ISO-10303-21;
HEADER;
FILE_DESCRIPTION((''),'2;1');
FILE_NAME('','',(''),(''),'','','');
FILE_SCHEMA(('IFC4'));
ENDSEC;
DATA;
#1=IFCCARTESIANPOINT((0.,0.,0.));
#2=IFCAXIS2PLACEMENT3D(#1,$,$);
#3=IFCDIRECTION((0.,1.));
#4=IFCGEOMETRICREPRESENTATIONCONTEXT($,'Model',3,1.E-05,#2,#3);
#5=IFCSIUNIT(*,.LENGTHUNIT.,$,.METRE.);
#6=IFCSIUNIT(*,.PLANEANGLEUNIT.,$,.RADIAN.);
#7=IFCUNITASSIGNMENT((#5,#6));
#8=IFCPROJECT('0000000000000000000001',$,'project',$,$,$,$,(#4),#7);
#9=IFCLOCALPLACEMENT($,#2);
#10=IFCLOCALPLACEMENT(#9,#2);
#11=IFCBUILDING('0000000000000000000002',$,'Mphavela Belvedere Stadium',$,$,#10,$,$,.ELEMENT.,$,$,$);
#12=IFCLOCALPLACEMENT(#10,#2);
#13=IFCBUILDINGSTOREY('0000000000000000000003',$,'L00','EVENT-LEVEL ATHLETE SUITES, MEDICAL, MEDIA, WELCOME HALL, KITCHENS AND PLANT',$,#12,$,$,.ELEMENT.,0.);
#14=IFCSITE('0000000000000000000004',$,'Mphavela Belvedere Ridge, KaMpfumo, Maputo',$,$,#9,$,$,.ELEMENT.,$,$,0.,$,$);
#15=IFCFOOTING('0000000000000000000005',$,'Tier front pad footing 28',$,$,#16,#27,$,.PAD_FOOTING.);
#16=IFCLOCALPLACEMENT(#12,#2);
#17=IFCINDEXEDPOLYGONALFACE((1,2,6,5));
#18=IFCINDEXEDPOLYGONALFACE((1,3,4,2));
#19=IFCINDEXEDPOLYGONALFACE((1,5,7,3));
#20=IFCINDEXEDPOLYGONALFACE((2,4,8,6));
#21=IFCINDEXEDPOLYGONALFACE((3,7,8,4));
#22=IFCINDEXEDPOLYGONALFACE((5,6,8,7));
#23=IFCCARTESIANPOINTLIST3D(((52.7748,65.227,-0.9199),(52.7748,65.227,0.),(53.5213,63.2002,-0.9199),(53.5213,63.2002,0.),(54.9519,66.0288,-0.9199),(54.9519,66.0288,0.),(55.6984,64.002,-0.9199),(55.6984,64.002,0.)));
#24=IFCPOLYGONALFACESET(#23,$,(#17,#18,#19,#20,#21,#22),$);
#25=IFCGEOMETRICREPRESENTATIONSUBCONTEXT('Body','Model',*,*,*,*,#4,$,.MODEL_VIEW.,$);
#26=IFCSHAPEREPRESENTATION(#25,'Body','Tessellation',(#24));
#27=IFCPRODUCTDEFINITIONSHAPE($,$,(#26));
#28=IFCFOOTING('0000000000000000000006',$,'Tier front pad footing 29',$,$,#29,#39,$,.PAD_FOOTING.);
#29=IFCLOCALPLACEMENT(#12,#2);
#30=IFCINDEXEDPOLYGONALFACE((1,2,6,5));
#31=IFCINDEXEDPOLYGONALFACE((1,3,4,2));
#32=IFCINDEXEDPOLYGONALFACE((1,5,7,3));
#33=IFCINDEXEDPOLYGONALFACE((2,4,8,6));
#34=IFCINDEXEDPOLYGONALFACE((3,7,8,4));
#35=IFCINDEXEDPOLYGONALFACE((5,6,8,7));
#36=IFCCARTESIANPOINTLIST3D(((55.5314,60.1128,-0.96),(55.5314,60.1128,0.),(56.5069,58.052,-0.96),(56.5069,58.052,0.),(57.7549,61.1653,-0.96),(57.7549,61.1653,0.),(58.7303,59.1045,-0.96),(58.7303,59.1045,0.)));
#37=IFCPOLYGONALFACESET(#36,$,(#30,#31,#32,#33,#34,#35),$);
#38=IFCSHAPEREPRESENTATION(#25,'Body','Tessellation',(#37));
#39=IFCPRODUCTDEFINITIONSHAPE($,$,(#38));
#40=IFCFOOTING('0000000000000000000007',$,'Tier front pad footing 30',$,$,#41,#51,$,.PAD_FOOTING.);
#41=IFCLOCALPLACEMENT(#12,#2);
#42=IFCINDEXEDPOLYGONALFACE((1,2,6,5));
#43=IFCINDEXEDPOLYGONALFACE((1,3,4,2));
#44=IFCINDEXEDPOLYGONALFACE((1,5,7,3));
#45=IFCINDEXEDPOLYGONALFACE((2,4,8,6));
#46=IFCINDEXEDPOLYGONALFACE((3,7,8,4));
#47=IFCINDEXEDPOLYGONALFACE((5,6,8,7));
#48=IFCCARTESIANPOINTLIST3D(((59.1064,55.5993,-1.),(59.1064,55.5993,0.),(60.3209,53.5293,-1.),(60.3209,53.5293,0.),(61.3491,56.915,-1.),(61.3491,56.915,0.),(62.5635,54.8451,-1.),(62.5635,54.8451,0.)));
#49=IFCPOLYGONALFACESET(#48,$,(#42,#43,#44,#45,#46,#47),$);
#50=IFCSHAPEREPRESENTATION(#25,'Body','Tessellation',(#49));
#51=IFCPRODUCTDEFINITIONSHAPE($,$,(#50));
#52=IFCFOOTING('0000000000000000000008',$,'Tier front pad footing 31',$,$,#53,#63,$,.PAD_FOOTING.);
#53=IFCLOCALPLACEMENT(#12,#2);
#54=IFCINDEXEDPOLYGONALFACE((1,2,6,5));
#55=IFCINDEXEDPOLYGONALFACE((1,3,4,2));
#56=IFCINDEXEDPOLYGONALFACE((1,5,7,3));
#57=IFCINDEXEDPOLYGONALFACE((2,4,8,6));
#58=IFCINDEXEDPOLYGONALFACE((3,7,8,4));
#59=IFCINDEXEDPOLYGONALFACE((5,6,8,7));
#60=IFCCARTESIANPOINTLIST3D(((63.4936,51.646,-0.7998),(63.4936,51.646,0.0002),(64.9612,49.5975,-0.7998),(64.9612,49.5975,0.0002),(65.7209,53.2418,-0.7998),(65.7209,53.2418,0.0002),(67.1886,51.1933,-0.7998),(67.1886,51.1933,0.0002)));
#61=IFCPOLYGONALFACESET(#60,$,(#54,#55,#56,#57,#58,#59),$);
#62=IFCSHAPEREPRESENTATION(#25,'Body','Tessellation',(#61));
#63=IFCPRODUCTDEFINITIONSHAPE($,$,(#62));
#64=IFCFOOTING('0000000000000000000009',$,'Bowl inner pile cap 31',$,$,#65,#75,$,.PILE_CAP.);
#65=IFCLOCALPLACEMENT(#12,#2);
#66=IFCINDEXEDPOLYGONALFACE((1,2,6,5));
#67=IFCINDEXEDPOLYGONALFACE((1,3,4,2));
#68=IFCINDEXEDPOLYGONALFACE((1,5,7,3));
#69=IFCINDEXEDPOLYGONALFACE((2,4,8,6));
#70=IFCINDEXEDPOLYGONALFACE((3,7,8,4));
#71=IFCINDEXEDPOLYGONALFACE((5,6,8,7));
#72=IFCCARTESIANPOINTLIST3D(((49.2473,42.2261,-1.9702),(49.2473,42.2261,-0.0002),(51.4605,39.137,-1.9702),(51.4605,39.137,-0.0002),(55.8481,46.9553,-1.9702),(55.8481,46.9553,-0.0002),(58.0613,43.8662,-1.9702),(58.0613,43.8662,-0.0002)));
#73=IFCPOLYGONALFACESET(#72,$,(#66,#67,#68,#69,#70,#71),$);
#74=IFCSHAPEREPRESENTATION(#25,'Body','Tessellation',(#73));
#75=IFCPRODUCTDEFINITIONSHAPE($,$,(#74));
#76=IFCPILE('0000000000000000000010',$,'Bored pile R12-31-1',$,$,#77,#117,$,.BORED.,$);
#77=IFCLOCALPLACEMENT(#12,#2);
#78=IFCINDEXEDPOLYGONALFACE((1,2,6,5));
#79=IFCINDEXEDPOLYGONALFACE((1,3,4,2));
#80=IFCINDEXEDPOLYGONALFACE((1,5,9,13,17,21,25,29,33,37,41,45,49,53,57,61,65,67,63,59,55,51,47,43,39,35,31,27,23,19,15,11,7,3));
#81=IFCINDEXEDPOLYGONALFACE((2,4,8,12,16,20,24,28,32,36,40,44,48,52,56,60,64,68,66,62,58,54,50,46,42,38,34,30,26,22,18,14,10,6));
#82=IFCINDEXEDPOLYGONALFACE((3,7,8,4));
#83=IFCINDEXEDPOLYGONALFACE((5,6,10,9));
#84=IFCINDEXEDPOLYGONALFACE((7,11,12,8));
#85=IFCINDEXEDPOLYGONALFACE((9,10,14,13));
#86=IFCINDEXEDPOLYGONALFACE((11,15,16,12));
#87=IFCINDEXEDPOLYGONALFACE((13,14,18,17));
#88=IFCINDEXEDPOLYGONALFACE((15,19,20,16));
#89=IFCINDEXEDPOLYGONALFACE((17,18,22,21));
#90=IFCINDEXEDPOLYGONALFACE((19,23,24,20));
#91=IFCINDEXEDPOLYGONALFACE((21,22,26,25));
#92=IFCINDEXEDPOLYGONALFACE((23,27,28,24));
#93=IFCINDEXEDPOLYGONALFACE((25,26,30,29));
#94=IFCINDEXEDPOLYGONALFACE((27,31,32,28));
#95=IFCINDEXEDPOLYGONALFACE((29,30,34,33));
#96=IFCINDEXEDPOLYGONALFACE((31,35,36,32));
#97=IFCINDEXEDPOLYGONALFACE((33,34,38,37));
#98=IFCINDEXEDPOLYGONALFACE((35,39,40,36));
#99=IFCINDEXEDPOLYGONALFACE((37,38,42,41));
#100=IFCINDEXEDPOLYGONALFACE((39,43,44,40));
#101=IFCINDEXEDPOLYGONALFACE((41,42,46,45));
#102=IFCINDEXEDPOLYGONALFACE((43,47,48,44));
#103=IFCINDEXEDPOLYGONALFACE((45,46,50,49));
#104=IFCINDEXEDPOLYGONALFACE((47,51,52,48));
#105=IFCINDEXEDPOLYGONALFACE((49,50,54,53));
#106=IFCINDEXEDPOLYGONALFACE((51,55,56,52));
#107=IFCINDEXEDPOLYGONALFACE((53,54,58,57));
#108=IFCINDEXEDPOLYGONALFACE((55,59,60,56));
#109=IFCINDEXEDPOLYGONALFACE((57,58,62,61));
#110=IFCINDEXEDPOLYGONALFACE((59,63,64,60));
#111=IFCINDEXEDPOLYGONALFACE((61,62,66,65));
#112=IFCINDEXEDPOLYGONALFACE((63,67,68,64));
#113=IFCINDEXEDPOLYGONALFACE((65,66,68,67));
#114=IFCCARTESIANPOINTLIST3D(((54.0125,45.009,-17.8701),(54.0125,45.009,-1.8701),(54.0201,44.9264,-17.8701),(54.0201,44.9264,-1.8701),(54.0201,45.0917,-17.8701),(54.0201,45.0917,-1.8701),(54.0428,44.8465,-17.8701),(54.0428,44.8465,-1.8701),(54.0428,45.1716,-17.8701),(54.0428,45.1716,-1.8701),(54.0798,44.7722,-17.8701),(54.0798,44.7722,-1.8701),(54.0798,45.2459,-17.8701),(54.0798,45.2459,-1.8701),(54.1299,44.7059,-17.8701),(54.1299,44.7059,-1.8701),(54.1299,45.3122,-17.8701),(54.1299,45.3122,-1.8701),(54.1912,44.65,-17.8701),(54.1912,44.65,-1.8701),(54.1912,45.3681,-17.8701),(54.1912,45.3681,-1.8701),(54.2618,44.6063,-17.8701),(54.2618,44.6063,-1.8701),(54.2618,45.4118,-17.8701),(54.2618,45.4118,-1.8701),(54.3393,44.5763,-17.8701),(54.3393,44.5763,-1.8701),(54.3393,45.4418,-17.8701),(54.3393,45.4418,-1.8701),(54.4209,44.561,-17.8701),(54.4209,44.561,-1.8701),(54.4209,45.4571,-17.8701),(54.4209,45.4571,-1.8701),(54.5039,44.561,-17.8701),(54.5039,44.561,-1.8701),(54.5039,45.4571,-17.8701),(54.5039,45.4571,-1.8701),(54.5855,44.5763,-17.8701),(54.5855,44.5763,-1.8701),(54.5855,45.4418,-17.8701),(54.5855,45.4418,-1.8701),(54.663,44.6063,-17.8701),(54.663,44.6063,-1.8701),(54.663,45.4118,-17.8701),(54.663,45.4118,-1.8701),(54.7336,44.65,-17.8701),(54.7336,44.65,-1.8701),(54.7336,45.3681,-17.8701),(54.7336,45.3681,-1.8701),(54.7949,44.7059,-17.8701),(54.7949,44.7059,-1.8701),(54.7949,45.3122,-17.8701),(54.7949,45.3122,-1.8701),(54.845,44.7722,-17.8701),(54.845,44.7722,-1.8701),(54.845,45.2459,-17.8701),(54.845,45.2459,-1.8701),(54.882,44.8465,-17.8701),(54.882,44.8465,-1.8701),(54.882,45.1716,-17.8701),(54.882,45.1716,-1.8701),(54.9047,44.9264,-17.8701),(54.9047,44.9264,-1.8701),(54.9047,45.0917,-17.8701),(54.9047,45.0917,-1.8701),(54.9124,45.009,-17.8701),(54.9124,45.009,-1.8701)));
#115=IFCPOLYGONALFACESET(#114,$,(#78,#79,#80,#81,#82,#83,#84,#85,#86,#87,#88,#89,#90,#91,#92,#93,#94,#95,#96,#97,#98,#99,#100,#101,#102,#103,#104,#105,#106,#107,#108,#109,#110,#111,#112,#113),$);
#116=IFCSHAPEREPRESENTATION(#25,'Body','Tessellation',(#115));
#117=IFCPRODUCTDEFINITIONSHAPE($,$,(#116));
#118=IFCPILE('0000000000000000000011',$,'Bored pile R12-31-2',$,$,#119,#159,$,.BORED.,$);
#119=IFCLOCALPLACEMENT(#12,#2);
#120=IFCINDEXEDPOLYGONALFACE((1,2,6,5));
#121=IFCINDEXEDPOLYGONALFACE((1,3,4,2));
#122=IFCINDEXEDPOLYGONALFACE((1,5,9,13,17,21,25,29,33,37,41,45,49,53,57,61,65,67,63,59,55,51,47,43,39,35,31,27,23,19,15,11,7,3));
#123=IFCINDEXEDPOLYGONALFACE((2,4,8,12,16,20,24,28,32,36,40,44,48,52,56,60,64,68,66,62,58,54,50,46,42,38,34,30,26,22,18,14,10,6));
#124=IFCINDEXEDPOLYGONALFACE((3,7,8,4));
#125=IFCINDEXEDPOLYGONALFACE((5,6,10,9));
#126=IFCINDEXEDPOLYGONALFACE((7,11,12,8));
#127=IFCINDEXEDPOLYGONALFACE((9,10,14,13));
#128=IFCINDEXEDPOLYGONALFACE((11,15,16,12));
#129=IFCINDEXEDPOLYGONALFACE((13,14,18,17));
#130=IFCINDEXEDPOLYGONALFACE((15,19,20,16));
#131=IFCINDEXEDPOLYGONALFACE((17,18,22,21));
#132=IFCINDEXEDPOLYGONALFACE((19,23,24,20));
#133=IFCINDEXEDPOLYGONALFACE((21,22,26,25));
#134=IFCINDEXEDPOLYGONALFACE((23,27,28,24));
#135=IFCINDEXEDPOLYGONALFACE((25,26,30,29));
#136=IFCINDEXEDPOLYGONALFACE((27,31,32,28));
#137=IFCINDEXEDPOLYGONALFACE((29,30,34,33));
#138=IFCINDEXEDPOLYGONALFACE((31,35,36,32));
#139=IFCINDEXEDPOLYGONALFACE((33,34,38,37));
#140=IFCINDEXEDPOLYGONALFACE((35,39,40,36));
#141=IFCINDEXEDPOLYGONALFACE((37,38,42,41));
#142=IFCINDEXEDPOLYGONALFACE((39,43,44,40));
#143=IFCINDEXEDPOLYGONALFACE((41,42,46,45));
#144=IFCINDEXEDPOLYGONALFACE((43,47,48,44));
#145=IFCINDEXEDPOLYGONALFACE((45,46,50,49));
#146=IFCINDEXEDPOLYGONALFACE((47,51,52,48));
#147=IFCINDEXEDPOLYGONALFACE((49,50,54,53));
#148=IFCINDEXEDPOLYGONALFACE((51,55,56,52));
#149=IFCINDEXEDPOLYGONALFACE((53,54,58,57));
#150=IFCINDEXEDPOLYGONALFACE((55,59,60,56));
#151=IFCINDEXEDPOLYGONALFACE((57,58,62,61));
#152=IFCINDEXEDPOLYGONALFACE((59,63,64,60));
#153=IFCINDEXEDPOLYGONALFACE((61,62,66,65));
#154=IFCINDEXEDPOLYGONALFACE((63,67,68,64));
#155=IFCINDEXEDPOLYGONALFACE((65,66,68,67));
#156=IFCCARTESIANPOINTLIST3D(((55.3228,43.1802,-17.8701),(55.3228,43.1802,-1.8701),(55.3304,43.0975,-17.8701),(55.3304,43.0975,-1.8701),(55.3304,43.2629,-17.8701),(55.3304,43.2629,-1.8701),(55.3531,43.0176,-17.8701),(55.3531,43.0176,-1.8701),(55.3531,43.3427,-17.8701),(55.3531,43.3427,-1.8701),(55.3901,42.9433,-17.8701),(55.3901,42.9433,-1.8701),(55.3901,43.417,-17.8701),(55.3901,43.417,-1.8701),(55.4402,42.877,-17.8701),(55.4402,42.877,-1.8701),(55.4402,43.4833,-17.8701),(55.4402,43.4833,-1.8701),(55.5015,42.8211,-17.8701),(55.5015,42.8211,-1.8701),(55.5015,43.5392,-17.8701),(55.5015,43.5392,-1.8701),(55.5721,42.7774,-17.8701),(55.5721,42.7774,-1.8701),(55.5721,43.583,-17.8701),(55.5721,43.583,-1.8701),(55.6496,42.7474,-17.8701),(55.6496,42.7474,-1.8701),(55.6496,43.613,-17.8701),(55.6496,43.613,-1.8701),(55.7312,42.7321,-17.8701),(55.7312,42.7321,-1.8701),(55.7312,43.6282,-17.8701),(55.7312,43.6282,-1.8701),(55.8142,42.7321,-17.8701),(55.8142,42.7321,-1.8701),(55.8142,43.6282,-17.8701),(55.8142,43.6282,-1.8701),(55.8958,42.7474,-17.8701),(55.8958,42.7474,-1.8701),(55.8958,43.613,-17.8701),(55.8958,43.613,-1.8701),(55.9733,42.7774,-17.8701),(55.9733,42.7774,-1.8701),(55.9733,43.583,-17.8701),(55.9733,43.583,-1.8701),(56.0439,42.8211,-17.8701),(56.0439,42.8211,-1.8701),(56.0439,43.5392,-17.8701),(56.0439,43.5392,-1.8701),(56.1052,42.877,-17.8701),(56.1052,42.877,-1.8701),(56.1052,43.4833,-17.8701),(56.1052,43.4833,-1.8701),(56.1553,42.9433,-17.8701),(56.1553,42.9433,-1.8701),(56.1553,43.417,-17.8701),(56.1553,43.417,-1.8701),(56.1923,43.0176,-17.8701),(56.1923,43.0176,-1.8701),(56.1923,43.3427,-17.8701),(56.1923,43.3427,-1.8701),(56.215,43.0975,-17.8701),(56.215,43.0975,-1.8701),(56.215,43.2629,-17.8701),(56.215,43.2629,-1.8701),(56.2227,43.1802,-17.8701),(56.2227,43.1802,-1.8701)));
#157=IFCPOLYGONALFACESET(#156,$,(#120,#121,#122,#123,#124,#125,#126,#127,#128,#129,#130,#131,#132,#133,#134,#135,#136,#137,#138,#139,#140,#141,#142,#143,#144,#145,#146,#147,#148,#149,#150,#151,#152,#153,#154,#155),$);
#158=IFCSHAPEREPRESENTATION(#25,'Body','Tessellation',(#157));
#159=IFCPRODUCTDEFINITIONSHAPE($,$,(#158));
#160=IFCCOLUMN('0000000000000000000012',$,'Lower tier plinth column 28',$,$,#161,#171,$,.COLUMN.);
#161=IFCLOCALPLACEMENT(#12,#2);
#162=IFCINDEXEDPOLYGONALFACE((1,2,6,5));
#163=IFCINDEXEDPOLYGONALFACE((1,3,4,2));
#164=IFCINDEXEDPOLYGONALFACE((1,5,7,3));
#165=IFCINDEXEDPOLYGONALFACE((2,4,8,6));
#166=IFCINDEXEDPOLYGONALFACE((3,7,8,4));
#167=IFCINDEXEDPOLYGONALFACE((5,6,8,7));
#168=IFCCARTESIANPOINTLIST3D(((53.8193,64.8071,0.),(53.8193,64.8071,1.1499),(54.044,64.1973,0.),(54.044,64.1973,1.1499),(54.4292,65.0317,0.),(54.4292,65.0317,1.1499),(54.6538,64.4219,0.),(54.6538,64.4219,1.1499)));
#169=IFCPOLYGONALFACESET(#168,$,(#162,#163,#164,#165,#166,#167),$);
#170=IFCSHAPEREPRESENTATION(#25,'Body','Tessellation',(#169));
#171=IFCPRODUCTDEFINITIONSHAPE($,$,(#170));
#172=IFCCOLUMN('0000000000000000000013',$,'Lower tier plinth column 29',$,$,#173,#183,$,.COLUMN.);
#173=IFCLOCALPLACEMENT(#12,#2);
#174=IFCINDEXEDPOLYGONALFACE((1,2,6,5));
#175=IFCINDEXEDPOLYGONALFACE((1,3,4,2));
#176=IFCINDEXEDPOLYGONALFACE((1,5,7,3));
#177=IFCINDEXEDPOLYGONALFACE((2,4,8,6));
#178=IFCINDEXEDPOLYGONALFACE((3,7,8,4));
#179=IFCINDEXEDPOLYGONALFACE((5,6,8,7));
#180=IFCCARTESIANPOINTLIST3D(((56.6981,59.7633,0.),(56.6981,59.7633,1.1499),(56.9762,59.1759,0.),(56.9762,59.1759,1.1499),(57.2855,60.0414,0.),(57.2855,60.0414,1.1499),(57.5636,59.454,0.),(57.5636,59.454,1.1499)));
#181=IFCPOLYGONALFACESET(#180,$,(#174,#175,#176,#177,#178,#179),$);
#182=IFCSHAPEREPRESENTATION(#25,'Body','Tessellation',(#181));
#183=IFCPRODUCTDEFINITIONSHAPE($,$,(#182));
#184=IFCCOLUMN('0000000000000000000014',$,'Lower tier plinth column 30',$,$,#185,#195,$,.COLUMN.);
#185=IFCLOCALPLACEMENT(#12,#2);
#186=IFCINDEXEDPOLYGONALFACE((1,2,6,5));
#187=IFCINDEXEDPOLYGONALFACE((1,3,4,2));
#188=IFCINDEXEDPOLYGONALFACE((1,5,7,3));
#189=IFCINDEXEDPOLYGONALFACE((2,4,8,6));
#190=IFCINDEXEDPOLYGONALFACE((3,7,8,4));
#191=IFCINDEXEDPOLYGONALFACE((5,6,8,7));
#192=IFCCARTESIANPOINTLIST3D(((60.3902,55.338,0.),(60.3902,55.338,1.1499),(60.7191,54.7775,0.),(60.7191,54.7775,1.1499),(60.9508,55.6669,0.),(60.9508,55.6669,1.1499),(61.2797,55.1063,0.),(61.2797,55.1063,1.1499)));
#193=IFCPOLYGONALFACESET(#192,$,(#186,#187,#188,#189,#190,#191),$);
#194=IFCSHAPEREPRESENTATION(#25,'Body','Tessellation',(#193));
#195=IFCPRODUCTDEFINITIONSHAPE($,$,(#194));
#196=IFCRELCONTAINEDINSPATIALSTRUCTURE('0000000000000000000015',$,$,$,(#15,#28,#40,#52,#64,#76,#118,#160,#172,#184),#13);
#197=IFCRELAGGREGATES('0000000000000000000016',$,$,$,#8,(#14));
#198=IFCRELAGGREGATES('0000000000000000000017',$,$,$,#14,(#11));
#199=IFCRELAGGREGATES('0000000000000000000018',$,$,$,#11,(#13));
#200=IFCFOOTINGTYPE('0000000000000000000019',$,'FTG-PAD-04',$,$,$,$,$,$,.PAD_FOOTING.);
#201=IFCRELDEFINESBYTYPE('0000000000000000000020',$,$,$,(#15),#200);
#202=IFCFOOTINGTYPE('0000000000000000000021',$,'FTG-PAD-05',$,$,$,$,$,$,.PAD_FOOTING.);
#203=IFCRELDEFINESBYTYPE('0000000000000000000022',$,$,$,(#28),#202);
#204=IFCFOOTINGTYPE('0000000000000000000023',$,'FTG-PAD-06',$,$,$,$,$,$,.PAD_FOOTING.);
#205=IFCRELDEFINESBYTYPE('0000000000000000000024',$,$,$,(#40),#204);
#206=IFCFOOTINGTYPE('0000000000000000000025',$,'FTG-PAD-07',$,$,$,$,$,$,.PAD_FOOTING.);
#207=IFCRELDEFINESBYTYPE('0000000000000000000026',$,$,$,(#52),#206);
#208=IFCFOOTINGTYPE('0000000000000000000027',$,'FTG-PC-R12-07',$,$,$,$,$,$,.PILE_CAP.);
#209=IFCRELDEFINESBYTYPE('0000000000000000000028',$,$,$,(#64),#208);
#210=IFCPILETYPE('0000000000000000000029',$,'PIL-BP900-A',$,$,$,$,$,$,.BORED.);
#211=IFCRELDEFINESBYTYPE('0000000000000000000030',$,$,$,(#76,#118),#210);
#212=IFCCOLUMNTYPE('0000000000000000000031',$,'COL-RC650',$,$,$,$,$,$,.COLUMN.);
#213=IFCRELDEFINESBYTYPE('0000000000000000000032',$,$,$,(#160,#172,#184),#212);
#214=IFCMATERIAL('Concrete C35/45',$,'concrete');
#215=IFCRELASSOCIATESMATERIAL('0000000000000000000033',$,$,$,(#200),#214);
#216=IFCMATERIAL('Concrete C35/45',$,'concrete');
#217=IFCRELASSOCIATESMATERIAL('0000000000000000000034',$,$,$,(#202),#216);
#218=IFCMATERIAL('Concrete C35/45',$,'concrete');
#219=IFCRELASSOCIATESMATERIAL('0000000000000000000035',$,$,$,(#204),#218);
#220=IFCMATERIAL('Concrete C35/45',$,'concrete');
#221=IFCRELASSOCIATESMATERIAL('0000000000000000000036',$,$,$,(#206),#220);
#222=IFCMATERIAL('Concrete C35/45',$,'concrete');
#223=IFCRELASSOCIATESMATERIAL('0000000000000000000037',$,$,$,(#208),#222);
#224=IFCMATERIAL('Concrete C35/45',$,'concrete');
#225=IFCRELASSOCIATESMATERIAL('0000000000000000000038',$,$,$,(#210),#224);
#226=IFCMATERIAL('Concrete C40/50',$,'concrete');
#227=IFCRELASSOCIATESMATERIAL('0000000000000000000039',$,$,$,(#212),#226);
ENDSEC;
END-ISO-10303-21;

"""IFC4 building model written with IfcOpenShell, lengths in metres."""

from ifc_helpers import new_model, si_unit, direction, frame, origin, origin_2d, place, context, subcontext, project, spatial, rectangle, circle, extrude, material, material_profile, profile_set, type_object, element, save


model = new_model("IFC4")

# Units and contexts
model_context = context("Model", 3, precision=1e-05, world=origin(), true_north=direction((0.0, 1.0)))
body_context = subcontext(model_context, "Body", "Model", "MODEL_VIEW")
ifc_project = project(units=[si_unit("LENGTHUNIT", "METRE"), si_unit("PLANEANGLEUNIT", "RADIAN")], contexts=[model_context])

# Site, building, storey
site_placement = place(None, origin())
site = spatial("IfcSite", under=ifc_project, at=site_placement, Name="Mphavela Belvedere Ridge, KaMpfumo, Maputo", CompositionType="ELEMENT", RefElevation=0.0)
building_placement = place(site_placement, origin())
building = spatial("IfcBuilding", under=site, at=building_placement, Name="Mphavela Belvedere Stadium", CompositionType="ELEMENT")
storey_placement = place(building_placement, origin())
storey = spatial("IfcBuildingStorey", under=building, at=storey_placement, Name="L00", Description="EVENT-LEVEL ATHLETE SUITES, MEDICAL, MEDIA, WELCOME HALL, KITCHENS AND PLANT", CompositionType="ELEMENT", Elevation=0.0)

# Footings
ifc_material_1 = material(Name="Concrete C35/45", Category="concrete")
footing_type_1 = type_object("IfcFootingType", Name="FTG-PAD-04", PredefinedType="PAD_FOOTING", material=ifc_material_1)
footing_1_placement = place(storey_placement, frame((54.2366, 64.6145, -0.9199), z_axis=(0.0, 0.0, 1.0), x_axis=(-0.938372, -0.345626, 0.0)))
element("IfcFooting", 1, at=footing_1_placement, inside=storey, type_object=footing_type_1, Name="Tier front pad footing 28", PredefinedType="PAD_FOOTING", context=body_context, shape_type="SweptSolid", body=[
    extrude(rectangle(XDim=2.3201, YDim=2.1599, at=origin_2d()), origin(), (0.0, 0.0, 1.0), 0.9199),
])
ifc_material_2 = material(Name="Concrete C35/45", Category="concrete")
footing_type_2 = type_object("IfcFootingType", Name="FTG-PAD-05", PredefinedType="PAD_FOOTING", material=ifc_material_2)
footing_2_placement = place(storey_placement, frame((57.1309, 59.6086, -0.96), z_axis=(0.0, 0.0, 1.0), x_axis=(-0.903859, -0.427831, 0.0)))
element("IfcFooting", 2, at=footing_2_placement, inside=storey, type_object=footing_type_2, Name="Tier front pad footing 29", PredefinedType="PAD_FOOTING", context=body_context, shape_type="SweptSolid", body=[
    extrude(rectangle(XDim=2.46, YDim=2.28, at=origin_2d()), origin(), (0.0, 0.0, 1.0), 0.96),
])
ifc_material_3 = material(Name="Concrete C35/45", Category="concrete")
footing_type_3 = type_object("IfcFootingType", Name="FTG-PAD-06", PredefinedType="PAD_FOOTING", material=ifc_material_3)
footing_3_placement = place(storey_placement, frame((60.835, 55.2222, -1.0), z_axis=(0.0, 0.0, 1.0), x_axis=(-0.862514, -0.506034, 0.0)))
element("IfcFooting", 3, at=footing_3_placement, inside=storey, type_object=footing_type_3, Name="Tier front pad footing 30", PredefinedType="PAD_FOOTING", context=body_context, shape_type="SweptSolid", body=[
    extrude(rectangle(XDim=2.6001, YDim=2.3999, at=origin_2d()), origin(), (0.0, 0.0, 1.0), 1.0),
])
ifc_material_4 = material(Name="Concrete C35/45", Category="concrete")
footing_type_4 = type_object("IfcFootingType", Name="FTG-PAD-07", PredefinedType="PAD_FOOTING", material=ifc_material_4)
footing_4_placement = place(storey_placement, frame((65.3411, 51.4197, -0.7998), z_axis=(0.0, 0.0, 1.0), x_axis=(-0.812898, -0.582407, 0.0)))
element("IfcFooting", 4, at=footing_4_placement, inside=storey, type_object=footing_type_4, Name="Tier front pad footing 31", PredefinedType="PAD_FOOTING", context=body_context, shape_type="SweptSolid", body=[
    extrude(rectangle(XDim=2.74, YDim=2.52, at=origin_2d()), origin(), (0.0, 0.0, 1.0), 0.8),
])
ifc_material_5 = material(Name="Concrete C35/45", Category="concrete")
footing_type_5 = type_object("IfcFootingType", Name="FTG-PC-R12-07", PredefinedType="PILE_CAP", material=ifc_material_5)
footing_5_placement = place(storey_placement, frame((53.6543, 43.0461, -1.9702), z_axis=(0.0, 0.0, 1.0), x_axis=(-0.812898, -0.582407, 0.0)))
element("IfcFooting", 5, at=footing_5_placement, inside=storey, type_object=footing_type_5, Name="Bowl inner pile cap 31", PredefinedType="PILE_CAP", context=body_context, shape_type="SweptSolid", body=[
    extrude(rectangle(XDim=8.1201, YDim=3.8, at=origin_2d()), origin(), (0.0, 0.0, 1.0), 1.97),
])

# Piles
ifc_material_6 = material(Name="Concrete C35/45", Category="concrete")
ifc_material_profile_1 = material_profile(ifc_material_6, circle(Radius=0.45, at=origin_2d()), Name="BP D900")
ifc_profile_set_1 = profile_set([ifc_material_profile_1], Name="Concrete C35/45")
pile_type = type_object("IfcPileType", Name="PIL-BP900-A", PredefinedType="BORED", material=ifc_profile_set_1)
for number, where, z_axis, x_axis, name in (
    (6, (54.4624, 45.009, -1.8701), (0.0, 0.0, -1.0), (1.0, 0.0, 0.0), "Bored pile R12-31-1"),
    (7, (55.7727, 43.1802, -1.8701), (0.0, 0.0, -1.0), (1.0, 0.0, 0.0), "Bored pile R12-31-2"),
):
    element("IfcPile", number, at=place(storey_placement, frame(where, z_axis=z_axis, x_axis=x_axis)), inside=storey, type_object=pile_type, Name=name, PredefinedType="BORED", context=body_context, shape_type="SweptSolid", body=[
        extrude(circle(Radius=0.45, at=origin_2d()), origin(), (0.0, 0.0, 1.0), 16.0),
    ])

# Columns
ifc_material_7 = material(Name="Concrete C40/50", Category="concrete")
ifc_material_profile_2 = material_profile(ifc_material_7, rectangle(XDim=0.6499, YDim=0.6499, at=origin_2d()), Name="RC 650x650")
ifc_profile_set_2 = profile_set([ifc_material_profile_2], Name="Concrete C40/50")
column_type_1 = type_object("IfcColumnType", Name="COL-RC650", PredefinedType="COLUMN", material=ifc_profile_set_2)
for number, where, z_axis, x_axis, name in (
    (8, (54.2366, 64.6145, 0.0), (0.0, 0.0, 1.0), (-0.938372, -0.345626, 0.0), "Lower tier plinth column 28"),
    (9, (57.1309, 59.6086, 0.0), (0.0, 0.0, 1.0), (-0.903859, -0.427831, 0.0), "Lower tier plinth column 29"),
    (10, (60.835, 55.2222, 0.0), (0.0, 0.0, 1.0), (-0.862514, -0.506034, 0.0), "Lower tier plinth column 30"),
):
    element("IfcColumn", number, at=place(storey_placement, frame(where, z_axis=z_axis, x_axis=x_axis)), inside=storey, type_object=column_type_1, Name=name, PredefinedType="COLUMN", context=body_context, shape_type="SweptSolid", body=[
        extrude(rectangle(XDim=0.6499, YDim=0.6499, at=origin_2d()), origin(), (0.0, 0.0, 1.0), 1.1499),
    ])

save(model, "model.ifc")
